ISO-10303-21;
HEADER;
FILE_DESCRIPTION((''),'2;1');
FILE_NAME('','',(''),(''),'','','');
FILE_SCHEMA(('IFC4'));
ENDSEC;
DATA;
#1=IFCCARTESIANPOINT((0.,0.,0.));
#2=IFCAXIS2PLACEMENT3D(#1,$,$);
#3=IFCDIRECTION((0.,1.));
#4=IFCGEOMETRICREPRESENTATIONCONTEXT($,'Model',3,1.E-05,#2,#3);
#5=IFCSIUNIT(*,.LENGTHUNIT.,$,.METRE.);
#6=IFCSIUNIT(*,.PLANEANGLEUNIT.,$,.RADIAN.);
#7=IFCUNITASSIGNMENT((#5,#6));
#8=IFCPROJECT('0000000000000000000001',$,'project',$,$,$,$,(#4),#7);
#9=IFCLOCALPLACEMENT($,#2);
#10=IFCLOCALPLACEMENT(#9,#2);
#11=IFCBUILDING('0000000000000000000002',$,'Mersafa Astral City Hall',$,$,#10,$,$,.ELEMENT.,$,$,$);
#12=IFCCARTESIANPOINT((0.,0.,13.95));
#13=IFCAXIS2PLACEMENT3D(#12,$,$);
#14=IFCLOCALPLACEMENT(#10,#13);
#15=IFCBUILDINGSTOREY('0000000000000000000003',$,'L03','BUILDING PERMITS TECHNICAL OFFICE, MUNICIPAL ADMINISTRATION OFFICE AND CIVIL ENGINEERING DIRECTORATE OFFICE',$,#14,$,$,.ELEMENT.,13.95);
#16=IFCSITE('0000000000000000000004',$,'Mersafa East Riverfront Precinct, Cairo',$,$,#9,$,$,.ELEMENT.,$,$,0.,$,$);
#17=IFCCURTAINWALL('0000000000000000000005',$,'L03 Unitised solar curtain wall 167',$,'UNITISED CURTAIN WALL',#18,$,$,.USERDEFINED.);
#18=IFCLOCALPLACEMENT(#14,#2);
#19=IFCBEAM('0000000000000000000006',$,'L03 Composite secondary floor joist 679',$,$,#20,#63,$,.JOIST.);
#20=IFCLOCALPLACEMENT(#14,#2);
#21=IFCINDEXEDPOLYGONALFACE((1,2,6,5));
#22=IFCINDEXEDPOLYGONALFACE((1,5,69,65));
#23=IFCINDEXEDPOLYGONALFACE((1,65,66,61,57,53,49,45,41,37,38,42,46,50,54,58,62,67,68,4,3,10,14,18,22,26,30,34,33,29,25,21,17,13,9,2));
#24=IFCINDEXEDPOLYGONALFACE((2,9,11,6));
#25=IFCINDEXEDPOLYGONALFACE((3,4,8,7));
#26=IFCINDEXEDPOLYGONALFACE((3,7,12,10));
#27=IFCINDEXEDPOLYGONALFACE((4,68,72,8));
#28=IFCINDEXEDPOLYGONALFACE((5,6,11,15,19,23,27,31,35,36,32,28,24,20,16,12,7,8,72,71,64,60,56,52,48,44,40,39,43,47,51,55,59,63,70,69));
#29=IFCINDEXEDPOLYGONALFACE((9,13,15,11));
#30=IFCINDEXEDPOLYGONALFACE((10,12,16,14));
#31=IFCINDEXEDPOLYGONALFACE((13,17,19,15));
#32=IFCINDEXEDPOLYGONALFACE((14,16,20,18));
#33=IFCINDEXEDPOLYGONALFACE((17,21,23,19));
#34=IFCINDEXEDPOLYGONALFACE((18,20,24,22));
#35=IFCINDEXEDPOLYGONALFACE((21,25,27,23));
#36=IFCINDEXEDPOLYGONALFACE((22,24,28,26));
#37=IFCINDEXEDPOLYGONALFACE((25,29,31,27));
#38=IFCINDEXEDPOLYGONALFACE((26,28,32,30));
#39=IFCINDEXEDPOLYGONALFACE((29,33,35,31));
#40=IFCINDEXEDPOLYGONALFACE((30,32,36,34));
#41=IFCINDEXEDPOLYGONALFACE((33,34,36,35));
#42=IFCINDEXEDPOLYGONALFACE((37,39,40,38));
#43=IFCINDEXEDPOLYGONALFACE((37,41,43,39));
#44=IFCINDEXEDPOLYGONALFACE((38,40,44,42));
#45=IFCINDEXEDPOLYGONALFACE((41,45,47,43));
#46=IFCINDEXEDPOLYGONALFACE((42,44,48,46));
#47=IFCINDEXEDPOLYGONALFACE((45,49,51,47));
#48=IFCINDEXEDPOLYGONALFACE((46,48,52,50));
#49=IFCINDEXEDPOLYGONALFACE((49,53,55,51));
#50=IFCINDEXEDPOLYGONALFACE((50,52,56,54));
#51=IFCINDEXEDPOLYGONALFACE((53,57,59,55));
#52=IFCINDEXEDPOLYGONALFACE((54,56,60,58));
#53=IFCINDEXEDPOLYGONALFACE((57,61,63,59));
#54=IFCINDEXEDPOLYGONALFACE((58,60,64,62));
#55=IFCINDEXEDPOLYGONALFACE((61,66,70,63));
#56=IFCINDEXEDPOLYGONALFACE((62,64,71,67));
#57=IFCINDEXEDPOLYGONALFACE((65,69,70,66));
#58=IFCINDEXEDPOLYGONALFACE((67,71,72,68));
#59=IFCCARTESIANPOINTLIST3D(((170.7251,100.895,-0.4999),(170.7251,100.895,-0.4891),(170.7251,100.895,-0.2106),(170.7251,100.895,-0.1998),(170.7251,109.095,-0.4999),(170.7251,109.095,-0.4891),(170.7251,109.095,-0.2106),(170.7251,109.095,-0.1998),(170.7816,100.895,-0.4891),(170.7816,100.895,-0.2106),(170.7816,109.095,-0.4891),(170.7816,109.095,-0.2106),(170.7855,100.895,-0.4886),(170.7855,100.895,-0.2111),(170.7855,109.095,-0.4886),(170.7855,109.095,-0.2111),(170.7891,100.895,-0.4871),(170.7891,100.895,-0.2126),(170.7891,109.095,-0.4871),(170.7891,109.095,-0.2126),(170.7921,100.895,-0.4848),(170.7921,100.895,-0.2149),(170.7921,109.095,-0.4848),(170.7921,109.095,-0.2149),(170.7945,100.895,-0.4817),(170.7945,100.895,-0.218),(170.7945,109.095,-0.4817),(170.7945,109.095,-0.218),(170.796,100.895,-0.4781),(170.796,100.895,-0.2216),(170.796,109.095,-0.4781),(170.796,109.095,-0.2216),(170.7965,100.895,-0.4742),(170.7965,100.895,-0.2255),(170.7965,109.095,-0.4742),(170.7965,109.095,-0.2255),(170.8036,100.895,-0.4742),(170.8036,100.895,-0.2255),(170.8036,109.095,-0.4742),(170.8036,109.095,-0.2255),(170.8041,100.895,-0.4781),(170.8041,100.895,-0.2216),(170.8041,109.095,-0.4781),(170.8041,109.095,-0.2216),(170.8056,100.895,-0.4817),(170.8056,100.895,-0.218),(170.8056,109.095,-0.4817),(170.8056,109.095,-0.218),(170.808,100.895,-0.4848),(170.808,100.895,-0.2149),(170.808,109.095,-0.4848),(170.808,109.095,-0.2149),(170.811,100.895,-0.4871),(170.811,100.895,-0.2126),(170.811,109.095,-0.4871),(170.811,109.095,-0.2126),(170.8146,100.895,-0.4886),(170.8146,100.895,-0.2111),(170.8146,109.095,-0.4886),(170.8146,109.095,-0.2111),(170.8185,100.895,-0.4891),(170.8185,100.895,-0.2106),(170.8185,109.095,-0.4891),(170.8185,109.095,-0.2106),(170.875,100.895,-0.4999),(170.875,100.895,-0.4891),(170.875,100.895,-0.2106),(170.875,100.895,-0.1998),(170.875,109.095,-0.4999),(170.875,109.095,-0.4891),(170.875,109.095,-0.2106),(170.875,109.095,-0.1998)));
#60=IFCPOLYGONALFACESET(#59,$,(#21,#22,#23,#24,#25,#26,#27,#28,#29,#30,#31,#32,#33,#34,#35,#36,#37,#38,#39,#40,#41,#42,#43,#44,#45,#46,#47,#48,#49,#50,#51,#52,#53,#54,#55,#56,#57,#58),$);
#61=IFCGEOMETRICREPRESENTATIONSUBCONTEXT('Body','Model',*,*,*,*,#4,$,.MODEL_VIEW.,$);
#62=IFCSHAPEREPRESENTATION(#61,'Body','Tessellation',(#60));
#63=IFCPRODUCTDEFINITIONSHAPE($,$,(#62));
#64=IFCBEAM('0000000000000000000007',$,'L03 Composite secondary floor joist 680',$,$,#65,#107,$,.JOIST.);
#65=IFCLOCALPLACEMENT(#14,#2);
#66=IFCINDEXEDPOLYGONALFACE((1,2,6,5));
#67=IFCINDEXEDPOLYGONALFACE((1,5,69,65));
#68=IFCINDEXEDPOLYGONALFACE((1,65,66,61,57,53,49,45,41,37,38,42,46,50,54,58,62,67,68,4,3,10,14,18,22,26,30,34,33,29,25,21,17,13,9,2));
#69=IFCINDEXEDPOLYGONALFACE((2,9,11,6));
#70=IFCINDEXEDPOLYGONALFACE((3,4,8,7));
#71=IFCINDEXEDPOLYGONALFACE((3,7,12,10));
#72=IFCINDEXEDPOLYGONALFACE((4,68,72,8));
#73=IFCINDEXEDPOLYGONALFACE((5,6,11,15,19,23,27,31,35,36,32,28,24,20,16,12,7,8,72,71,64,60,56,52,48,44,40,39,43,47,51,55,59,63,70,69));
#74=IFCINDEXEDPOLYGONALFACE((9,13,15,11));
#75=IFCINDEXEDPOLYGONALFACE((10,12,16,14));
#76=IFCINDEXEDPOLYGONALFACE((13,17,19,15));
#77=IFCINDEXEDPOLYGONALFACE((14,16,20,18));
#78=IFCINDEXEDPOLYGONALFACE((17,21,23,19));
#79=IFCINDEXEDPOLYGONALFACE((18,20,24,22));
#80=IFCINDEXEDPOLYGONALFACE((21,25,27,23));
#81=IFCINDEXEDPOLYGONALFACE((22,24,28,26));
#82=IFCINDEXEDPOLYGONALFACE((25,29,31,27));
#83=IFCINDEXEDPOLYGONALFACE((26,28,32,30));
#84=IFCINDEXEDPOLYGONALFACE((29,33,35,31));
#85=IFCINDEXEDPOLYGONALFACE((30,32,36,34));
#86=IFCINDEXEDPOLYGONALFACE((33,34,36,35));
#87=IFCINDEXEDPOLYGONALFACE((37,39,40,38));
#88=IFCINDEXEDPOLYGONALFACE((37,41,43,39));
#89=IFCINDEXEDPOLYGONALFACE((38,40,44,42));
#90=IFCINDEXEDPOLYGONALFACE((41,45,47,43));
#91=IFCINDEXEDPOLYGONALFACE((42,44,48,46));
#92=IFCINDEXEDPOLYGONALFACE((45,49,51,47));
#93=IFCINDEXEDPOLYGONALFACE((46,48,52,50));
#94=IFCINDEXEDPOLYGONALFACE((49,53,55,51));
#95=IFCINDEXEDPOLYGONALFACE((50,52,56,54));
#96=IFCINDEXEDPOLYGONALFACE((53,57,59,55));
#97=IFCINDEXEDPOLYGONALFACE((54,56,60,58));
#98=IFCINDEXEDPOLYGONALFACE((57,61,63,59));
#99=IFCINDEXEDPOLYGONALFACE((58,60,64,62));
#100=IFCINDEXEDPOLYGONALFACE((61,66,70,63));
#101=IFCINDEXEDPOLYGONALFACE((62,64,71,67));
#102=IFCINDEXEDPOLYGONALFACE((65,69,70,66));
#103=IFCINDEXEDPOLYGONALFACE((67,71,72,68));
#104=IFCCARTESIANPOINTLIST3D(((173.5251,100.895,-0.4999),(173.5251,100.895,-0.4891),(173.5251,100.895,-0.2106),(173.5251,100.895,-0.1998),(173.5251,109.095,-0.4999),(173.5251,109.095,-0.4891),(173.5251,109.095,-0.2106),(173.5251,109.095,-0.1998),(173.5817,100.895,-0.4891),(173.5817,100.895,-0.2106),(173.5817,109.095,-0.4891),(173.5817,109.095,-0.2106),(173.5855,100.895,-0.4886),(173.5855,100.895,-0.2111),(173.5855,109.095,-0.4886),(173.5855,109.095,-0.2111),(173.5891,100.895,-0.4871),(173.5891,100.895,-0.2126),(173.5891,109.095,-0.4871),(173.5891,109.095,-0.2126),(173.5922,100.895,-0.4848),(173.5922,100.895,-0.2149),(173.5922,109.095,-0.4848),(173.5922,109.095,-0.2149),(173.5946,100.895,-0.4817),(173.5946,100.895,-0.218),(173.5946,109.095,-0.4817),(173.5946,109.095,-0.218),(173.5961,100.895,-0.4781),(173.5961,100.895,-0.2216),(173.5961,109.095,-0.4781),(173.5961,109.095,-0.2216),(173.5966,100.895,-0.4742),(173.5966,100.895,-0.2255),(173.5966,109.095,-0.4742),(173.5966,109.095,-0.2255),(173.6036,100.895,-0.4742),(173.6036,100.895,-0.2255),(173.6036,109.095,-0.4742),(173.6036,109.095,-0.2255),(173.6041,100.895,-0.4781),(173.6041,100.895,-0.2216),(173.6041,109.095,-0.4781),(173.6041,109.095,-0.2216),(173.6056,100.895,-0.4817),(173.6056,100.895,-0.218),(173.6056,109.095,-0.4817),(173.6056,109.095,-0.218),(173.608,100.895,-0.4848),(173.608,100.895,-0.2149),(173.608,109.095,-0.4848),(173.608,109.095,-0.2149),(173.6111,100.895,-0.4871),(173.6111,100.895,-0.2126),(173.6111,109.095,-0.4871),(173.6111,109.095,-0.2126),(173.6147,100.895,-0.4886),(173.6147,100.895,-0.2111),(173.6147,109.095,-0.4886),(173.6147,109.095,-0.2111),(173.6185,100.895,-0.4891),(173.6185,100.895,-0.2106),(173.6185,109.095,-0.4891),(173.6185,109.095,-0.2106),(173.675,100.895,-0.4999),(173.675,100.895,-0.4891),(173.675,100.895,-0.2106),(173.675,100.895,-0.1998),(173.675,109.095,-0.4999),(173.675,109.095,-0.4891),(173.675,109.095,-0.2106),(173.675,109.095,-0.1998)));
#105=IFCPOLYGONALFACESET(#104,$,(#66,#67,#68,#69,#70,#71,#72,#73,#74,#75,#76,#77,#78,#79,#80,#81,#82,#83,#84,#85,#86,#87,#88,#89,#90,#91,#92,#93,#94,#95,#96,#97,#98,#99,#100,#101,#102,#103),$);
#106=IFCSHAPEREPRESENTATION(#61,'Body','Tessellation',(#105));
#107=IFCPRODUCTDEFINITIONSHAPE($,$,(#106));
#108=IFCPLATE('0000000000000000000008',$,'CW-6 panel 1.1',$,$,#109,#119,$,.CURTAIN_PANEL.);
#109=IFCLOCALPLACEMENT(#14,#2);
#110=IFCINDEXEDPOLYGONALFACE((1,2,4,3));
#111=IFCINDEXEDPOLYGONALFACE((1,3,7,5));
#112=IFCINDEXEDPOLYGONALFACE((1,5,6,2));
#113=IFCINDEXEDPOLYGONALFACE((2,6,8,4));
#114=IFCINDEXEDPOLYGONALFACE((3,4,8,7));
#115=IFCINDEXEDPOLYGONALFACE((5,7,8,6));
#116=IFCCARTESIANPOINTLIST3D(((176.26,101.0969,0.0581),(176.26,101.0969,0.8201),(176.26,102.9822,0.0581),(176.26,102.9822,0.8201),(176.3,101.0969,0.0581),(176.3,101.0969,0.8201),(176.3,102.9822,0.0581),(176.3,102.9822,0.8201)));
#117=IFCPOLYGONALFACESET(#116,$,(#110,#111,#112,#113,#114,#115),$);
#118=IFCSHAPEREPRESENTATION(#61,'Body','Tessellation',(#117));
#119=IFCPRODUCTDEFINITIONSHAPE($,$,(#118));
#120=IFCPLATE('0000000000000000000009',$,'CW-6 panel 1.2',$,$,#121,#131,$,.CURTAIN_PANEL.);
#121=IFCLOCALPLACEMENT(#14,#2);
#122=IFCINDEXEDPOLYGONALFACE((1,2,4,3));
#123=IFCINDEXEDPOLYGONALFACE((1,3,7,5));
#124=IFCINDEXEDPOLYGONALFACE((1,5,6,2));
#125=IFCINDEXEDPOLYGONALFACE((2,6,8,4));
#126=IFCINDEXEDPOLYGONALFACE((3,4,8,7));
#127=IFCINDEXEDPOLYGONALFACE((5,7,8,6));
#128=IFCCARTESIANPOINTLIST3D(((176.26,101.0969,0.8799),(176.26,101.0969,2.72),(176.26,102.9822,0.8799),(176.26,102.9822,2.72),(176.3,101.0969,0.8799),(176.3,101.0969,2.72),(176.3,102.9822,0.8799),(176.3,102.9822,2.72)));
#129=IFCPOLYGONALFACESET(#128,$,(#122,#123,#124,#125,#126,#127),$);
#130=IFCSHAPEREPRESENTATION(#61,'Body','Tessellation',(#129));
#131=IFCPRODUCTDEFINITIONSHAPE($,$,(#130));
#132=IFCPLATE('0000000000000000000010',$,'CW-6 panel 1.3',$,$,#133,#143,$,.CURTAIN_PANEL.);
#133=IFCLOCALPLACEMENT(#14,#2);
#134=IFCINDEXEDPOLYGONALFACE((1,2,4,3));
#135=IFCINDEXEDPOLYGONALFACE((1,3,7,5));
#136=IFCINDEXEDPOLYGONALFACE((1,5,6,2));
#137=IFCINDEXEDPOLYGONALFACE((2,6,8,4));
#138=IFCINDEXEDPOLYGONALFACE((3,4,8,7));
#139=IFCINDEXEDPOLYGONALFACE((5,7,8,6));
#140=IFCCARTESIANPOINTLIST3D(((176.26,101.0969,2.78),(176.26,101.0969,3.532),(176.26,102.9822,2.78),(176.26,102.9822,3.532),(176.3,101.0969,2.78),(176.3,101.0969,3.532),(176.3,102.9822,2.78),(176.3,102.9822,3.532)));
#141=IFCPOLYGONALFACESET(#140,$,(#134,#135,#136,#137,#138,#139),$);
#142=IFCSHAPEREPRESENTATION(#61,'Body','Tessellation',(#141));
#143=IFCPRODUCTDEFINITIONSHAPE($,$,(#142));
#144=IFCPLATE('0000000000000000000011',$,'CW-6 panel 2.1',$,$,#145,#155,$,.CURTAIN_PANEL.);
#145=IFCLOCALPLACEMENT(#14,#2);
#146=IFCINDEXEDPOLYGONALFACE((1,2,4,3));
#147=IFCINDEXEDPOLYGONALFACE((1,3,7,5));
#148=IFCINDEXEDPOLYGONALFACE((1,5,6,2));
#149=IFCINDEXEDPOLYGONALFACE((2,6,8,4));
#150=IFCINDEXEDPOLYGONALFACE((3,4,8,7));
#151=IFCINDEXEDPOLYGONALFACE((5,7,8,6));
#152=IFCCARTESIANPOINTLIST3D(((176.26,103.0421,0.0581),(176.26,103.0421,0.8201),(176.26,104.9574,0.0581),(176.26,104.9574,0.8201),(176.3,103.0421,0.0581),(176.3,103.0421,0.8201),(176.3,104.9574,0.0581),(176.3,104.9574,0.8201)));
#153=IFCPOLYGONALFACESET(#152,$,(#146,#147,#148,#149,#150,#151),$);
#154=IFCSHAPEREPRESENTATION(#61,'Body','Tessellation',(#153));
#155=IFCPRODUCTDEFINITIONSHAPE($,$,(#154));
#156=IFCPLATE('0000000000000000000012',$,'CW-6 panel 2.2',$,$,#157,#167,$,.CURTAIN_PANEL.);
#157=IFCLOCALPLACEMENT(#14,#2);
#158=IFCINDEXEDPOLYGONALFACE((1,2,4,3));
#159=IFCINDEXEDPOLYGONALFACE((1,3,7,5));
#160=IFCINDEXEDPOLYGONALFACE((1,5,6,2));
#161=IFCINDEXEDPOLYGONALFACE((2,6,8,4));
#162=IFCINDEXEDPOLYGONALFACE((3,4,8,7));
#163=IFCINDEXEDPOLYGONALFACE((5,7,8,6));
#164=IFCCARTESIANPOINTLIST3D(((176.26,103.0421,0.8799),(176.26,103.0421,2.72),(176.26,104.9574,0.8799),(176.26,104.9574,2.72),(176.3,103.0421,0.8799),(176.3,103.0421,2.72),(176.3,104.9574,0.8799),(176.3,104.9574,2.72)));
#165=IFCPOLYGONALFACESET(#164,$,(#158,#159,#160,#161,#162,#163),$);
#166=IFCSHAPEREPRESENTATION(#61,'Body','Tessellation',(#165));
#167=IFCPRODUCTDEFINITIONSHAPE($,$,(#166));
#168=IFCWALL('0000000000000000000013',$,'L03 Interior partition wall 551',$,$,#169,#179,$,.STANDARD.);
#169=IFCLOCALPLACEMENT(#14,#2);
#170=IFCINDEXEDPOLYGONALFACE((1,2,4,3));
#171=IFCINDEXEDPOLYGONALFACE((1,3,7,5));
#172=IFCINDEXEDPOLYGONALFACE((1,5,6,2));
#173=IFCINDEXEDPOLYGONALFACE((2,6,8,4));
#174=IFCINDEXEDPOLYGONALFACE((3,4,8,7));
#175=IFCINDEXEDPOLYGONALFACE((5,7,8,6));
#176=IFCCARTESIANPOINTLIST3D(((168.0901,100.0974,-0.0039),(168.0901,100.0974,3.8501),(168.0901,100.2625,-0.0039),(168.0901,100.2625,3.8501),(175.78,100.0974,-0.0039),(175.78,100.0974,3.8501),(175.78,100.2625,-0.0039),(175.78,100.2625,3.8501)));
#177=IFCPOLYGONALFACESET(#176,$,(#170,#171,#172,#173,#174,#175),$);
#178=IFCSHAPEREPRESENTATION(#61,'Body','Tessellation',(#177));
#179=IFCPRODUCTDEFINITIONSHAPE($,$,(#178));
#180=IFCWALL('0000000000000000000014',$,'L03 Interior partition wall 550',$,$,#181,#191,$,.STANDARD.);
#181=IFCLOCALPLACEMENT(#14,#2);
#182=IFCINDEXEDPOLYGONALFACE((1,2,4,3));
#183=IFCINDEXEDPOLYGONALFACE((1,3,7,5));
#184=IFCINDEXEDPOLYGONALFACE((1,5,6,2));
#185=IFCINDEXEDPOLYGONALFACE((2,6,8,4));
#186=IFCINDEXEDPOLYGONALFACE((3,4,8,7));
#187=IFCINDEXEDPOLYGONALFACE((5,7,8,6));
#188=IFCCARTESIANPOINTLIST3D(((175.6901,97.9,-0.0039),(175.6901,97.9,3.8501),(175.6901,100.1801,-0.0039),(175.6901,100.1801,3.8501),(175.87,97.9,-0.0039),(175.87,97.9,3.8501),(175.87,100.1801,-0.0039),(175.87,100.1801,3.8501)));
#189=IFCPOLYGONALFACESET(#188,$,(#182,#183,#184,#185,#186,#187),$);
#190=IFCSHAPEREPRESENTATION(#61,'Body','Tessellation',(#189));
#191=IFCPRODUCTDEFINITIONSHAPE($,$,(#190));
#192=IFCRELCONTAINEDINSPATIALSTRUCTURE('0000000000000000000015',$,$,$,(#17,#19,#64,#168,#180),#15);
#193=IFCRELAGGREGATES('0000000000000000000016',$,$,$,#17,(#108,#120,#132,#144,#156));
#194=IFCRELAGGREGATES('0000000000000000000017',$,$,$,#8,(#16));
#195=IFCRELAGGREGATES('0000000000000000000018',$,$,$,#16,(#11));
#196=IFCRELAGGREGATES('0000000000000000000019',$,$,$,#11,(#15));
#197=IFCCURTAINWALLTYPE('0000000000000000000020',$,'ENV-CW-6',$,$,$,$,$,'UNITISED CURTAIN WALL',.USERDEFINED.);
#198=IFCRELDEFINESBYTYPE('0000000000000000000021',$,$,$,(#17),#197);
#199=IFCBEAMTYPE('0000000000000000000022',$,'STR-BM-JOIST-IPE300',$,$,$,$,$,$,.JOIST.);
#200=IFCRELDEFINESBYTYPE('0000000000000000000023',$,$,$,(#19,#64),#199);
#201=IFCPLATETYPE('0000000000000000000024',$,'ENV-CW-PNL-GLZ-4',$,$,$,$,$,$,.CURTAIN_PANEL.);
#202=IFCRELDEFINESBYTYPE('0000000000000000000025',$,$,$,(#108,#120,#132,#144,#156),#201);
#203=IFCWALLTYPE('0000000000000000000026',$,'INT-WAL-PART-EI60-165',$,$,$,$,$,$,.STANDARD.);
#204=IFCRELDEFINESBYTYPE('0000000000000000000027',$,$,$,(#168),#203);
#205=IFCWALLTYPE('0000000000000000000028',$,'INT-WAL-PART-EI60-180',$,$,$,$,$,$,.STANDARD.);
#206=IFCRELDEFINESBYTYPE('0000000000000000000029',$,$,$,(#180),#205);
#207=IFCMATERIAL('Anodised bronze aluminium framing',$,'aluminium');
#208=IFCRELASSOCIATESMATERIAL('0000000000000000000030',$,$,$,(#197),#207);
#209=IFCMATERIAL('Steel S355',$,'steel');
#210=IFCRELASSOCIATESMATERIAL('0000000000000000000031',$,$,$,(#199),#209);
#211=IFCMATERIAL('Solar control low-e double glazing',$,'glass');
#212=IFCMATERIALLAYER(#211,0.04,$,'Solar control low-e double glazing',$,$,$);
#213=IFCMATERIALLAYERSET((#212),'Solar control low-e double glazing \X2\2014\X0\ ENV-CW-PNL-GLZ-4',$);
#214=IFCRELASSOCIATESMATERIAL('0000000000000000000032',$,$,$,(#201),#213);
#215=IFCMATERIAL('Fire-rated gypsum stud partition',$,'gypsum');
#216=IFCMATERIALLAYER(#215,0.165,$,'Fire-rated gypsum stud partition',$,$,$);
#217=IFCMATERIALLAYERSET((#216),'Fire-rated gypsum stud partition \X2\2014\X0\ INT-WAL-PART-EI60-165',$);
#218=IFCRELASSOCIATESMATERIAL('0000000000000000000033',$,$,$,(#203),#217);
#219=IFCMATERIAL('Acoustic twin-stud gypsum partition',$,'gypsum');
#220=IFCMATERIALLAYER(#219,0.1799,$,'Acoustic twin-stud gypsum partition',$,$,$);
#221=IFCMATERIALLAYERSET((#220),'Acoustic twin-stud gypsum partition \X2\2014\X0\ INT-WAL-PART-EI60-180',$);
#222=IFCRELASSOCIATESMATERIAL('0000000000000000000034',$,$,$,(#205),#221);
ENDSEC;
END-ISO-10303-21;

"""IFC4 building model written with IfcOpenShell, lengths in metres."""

from ifc_helpers import new_model, si_unit, direction, frame, frame_2d, origin, origin_2d, place, context, subcontext, project, spatial, rectangle, i_section, extrude, material, layer, layer_set, material_profile, profile_set, type_object, element, aggregate, save


model = new_model("IFC4")

# Units and contexts
model_context = context("Model", 3, precision=1e-05, world=origin(), true_north=direction((0.0, 1.0)))
body_context = subcontext(model_context, "Body", "Model", "MODEL_VIEW")
ifc_project = project(units=[si_unit("LENGTHUNIT", "METRE"), si_unit("PLANEANGLEUNIT", "RADIAN")], contexts=[model_context])

# Site, building, storey
site_placement = place(None, origin())
site = spatial("IfcSite", under=ifc_project, at=site_placement, Name="Mersafa East Riverfront Precinct, Cairo", CompositionType="ELEMENT", RefElevation=0.0)
building_placement = place(site_placement, origin())
building = spatial("IfcBuilding", under=site, at=building_placement, Name="Mersafa Astral City Hall", CompositionType="ELEMENT")
storey_placement = place(building_placement, frame((0.0, 0.0, 13.95)))
storey = spatial("IfcBuildingStorey", under=building, at=storey_placement, Name="L03", Description="BUILDING PERMITS TECHNICAL OFFICE, MUNICIPAL ADMINISTRATION OFFICE AND CIVIL ENGINEERING DIRECTORATE OFFICE", CompositionType="ELEMENT", Elevation=13.95)

# Curtain wall
ifc_material_1 = material(Name="Anodised bronze aluminium framing", Category="aluminium")
curtain_wall_type = type_object("IfcCurtainWallType", Name="ENV-CW-6", ElementType="UNITISED CURTAIN WALL", PredefinedType="USERDEFINED", material=ifc_material_1)
curtain_wall_placement = place(storey_placement, origin())
curtain_wall = element("IfcCurtainWall", 1, at=curtain_wall_placement, inside=storey, type_object=curtain_wall_type, Name="L03 Unitised solar curtain wall 167", ObjectType="UNITISED CURTAIN WALL", PredefinedType="USERDEFINED")

# Beams
ifc_material_2 = material(Name="Steel S355", Category="steel")
ifc_material_profile_1 = material_profile(ifc_material_2, i_section(OverallWidth=0.1499, OverallDepth=0.3, WebThickness=0.0071, FlangeThickness=0.0107, FilletRadius=0.0149, at=origin_2d()), Name="IPE 300")
ifc_profile_set_1 = profile_set([ifc_material_profile_1], Name="Steel S355")
beam_type = type_object("IfcBeamType", Name="STR-BM-JOIST-IPE300", PredefinedType="JOIST", material=ifc_profile_set_1)
for number, where, z_axis, x_axis, name in (
    (2, (170.8, 100.895, -0.3499), (0.0, 1.0, 0.0), (-1.0, 0.0, 0.0), "L03 Composite secondary floor joist 679"),
    (3, (173.6001, 100.895, -0.3499), (0.0, 1.0, 0.0), (-1.0, 0.0, 0.0), "L03 Composite secondary floor joist 680"),
):
    element("IfcBeam", number, at=place(storey_placement, frame(where, z_axis=z_axis, x_axis=x_axis)), inside=storey, type_object=beam_type, Name=name, PredefinedType="JOIST", context=body_context, shape_type="SweptSolid", body=[
        extrude(i_section(OverallWidth=0.1499, OverallDepth=0.3, WebThickness=0.0071, FlangeThickness=0.0107, FilletRadius=0.0149, at=origin_2d()), origin(), (0.0, 0.0, 1.0), 8.2),
    ])

# Plates
ifc_material_3 = material(Name="Solar control low-e double glazing", Category="glass")
ifc_layer_1 = layer(ifc_material_3, 0.04, Name="Solar control low-e double glazing")
ifc_layer_set_1 = layer_set([ifc_layer_1], Name="Solar control low-e double glazing — ENV-CW-PNL-GLZ-4")
plate_type = type_object("IfcPlateType", Name="ENV-CW-PNL-GLZ-4", PredefinedType="CURTAIN_PANEL", material=ifc_layer_set_1)
plate_1_placement = place(storey_placement, frame((176.28, 102.0396, 0.0581), z_axis=(0.0, 0.0, 1.0), x_axis=(0.0, 1.0, 0.0)))
plate_1 = element("IfcPlate", 4, at=plate_1_placement, type_object=plate_type, Name="CW-6 panel 1.1", PredefinedType="CURTAIN_PANEL", context=body_context, shape_type="SweptSolid", body=[
    extrude(rectangle(XDim=1.8853, YDim=0.04, at=origin_2d()), origin(), (0.0, 0.0, 1.0), 0.762),
])
plate_2_placement = place(storey_placement, frame((176.28, 102.0396, 0.8799), z_axis=(0.0, 0.0, 1.0), x_axis=(0.0, 1.0, 0.0)))
plate_2 = element("IfcPlate", 5, at=plate_2_placement, type_object=plate_type, Name="CW-6 panel 1.2", PredefinedType="CURTAIN_PANEL", context=body_context, shape_type="SweptSolid", body=[
    extrude(rectangle(XDim=1.8853, YDim=0.04, at=origin_2d()), origin(), (0.0, 0.0, 1.0), 1.8401),
])
plate_3_placement = place(storey_placement, frame((176.28, 102.0396, 2.78), z_axis=(0.0, 0.0, 1.0), x_axis=(0.0, 1.0, 0.0)))
plate_3 = element("IfcPlate", 6, at=plate_3_placement, type_object=plate_type, Name="CW-6 panel 1.3", PredefinedType="CURTAIN_PANEL", context=body_context, shape_type="SweptSolid", body=[
    extrude(rectangle(XDim=1.8853, YDim=0.04, at=origin_2d()), origin(), (0.0, 0.0, 1.0), 0.752),
])
plate_4_placement = place(storey_placement, frame((176.28, 103.9998, 0.0581), z_axis=(0.0, 0.0, 1.0), x_axis=(0.0, 1.0, 0.0)))
plate_4 = element("IfcPlate", 7, at=plate_4_placement, type_object=plate_type, Name="CW-6 panel 2.1", PredefinedType="CURTAIN_PANEL", context=body_context, shape_type="SweptSolid", body=[
    extrude(rectangle(XDim=1.9153, YDim=0.04, at=origin_2d()), origin(), (0.0, 0.0, 1.0), 0.762),
])
plate_5_placement = place(storey_placement, frame((176.28, 103.9998, 0.8799), z_axis=(0.0, 0.0, 1.0), x_axis=(0.0, 1.0, 0.0)))
plate_5 = element("IfcPlate", 8, at=plate_5_placement, type_object=plate_type, Name="CW-6 panel 2.2", PredefinedType="CURTAIN_PANEL", context=body_context, shape_type="SweptSolid", body=[
    extrude(rectangle(XDim=1.9153, YDim=0.04, at=origin_2d()), origin(), (0.0, 0.0, 1.0), 1.8401),
])
aggregate(curtain_wall, [plate_1, plate_2, plate_3, plate_4, plate_5])

# Walls
ifc_material_4 = material(Name="Fire-rated gypsum stud partition", Category="gypsum")
ifc_layer_2 = layer(ifc_material_4, 0.165, Name="Fire-rated gypsum stud partition")
ifc_layer_set_2 = layer_set([ifc_layer_2], Name="Fire-rated gypsum stud partition — INT-WAL-PART-EI60-165")
wall_type_1 = type_object("IfcWallType", Name="INT-WAL-PART-EI60-165", PredefinedType="STANDARD", material=ifc_layer_set_2)
wall_1_placement = place(storey_placement, frame((175.78, 100.1799, -0.0039), z_axis=(0.0, 0.0, 1.0), x_axis=(-1.0, 0.0, 0.0)))
element("IfcWall", 9, at=wall_1_placement, inside=storey, type_object=wall_type_1, Name="L03 Interior partition wall 551", PredefinedType="STANDARD", context=body_context, shape_type="SweptSolid", body=[
    extrude(rectangle(XDim=7.6899, YDim=0.165, at=frame_2d((3.845, 0.0))), origin(), (0.0, 0.0, 1.0), 3.854),
])
ifc_material_5 = material(Name="Acoustic twin-stud gypsum partition", Category="gypsum")
ifc_layer_3 = layer(ifc_material_5, 0.1799, Name="Acoustic twin-stud gypsum partition")
ifc_layer_set_3 = layer_set([ifc_layer_3], Name="Acoustic twin-stud gypsum partition — INT-WAL-PART-EI60-180")
wall_type_2 = type_object("IfcWallType", Name="INT-WAL-PART-EI60-180", PredefinedType="STANDARD", material=ifc_layer_set_3)
wall_2_placement = place(storey_placement, frame((175.78, 97.8999, -0.0039), z_axis=(0.0, 0.0, 1.0), x_axis=(0.0, 1.0, 0.0)))
element("IfcWall", 10, at=wall_2_placement, inside=storey, type_object=wall_type_2, Name="L03 Interior partition wall 550", PredefinedType="STANDARD", context=body_context, shape_type="SweptSolid", body=[
    extrude(rectangle(XDim=2.28, YDim=0.1799, at=frame_2d((1.1401, 0.0))), origin(), (0.0, 0.0, 1.0), 3.854),
])

save(model, "model.ifc")
